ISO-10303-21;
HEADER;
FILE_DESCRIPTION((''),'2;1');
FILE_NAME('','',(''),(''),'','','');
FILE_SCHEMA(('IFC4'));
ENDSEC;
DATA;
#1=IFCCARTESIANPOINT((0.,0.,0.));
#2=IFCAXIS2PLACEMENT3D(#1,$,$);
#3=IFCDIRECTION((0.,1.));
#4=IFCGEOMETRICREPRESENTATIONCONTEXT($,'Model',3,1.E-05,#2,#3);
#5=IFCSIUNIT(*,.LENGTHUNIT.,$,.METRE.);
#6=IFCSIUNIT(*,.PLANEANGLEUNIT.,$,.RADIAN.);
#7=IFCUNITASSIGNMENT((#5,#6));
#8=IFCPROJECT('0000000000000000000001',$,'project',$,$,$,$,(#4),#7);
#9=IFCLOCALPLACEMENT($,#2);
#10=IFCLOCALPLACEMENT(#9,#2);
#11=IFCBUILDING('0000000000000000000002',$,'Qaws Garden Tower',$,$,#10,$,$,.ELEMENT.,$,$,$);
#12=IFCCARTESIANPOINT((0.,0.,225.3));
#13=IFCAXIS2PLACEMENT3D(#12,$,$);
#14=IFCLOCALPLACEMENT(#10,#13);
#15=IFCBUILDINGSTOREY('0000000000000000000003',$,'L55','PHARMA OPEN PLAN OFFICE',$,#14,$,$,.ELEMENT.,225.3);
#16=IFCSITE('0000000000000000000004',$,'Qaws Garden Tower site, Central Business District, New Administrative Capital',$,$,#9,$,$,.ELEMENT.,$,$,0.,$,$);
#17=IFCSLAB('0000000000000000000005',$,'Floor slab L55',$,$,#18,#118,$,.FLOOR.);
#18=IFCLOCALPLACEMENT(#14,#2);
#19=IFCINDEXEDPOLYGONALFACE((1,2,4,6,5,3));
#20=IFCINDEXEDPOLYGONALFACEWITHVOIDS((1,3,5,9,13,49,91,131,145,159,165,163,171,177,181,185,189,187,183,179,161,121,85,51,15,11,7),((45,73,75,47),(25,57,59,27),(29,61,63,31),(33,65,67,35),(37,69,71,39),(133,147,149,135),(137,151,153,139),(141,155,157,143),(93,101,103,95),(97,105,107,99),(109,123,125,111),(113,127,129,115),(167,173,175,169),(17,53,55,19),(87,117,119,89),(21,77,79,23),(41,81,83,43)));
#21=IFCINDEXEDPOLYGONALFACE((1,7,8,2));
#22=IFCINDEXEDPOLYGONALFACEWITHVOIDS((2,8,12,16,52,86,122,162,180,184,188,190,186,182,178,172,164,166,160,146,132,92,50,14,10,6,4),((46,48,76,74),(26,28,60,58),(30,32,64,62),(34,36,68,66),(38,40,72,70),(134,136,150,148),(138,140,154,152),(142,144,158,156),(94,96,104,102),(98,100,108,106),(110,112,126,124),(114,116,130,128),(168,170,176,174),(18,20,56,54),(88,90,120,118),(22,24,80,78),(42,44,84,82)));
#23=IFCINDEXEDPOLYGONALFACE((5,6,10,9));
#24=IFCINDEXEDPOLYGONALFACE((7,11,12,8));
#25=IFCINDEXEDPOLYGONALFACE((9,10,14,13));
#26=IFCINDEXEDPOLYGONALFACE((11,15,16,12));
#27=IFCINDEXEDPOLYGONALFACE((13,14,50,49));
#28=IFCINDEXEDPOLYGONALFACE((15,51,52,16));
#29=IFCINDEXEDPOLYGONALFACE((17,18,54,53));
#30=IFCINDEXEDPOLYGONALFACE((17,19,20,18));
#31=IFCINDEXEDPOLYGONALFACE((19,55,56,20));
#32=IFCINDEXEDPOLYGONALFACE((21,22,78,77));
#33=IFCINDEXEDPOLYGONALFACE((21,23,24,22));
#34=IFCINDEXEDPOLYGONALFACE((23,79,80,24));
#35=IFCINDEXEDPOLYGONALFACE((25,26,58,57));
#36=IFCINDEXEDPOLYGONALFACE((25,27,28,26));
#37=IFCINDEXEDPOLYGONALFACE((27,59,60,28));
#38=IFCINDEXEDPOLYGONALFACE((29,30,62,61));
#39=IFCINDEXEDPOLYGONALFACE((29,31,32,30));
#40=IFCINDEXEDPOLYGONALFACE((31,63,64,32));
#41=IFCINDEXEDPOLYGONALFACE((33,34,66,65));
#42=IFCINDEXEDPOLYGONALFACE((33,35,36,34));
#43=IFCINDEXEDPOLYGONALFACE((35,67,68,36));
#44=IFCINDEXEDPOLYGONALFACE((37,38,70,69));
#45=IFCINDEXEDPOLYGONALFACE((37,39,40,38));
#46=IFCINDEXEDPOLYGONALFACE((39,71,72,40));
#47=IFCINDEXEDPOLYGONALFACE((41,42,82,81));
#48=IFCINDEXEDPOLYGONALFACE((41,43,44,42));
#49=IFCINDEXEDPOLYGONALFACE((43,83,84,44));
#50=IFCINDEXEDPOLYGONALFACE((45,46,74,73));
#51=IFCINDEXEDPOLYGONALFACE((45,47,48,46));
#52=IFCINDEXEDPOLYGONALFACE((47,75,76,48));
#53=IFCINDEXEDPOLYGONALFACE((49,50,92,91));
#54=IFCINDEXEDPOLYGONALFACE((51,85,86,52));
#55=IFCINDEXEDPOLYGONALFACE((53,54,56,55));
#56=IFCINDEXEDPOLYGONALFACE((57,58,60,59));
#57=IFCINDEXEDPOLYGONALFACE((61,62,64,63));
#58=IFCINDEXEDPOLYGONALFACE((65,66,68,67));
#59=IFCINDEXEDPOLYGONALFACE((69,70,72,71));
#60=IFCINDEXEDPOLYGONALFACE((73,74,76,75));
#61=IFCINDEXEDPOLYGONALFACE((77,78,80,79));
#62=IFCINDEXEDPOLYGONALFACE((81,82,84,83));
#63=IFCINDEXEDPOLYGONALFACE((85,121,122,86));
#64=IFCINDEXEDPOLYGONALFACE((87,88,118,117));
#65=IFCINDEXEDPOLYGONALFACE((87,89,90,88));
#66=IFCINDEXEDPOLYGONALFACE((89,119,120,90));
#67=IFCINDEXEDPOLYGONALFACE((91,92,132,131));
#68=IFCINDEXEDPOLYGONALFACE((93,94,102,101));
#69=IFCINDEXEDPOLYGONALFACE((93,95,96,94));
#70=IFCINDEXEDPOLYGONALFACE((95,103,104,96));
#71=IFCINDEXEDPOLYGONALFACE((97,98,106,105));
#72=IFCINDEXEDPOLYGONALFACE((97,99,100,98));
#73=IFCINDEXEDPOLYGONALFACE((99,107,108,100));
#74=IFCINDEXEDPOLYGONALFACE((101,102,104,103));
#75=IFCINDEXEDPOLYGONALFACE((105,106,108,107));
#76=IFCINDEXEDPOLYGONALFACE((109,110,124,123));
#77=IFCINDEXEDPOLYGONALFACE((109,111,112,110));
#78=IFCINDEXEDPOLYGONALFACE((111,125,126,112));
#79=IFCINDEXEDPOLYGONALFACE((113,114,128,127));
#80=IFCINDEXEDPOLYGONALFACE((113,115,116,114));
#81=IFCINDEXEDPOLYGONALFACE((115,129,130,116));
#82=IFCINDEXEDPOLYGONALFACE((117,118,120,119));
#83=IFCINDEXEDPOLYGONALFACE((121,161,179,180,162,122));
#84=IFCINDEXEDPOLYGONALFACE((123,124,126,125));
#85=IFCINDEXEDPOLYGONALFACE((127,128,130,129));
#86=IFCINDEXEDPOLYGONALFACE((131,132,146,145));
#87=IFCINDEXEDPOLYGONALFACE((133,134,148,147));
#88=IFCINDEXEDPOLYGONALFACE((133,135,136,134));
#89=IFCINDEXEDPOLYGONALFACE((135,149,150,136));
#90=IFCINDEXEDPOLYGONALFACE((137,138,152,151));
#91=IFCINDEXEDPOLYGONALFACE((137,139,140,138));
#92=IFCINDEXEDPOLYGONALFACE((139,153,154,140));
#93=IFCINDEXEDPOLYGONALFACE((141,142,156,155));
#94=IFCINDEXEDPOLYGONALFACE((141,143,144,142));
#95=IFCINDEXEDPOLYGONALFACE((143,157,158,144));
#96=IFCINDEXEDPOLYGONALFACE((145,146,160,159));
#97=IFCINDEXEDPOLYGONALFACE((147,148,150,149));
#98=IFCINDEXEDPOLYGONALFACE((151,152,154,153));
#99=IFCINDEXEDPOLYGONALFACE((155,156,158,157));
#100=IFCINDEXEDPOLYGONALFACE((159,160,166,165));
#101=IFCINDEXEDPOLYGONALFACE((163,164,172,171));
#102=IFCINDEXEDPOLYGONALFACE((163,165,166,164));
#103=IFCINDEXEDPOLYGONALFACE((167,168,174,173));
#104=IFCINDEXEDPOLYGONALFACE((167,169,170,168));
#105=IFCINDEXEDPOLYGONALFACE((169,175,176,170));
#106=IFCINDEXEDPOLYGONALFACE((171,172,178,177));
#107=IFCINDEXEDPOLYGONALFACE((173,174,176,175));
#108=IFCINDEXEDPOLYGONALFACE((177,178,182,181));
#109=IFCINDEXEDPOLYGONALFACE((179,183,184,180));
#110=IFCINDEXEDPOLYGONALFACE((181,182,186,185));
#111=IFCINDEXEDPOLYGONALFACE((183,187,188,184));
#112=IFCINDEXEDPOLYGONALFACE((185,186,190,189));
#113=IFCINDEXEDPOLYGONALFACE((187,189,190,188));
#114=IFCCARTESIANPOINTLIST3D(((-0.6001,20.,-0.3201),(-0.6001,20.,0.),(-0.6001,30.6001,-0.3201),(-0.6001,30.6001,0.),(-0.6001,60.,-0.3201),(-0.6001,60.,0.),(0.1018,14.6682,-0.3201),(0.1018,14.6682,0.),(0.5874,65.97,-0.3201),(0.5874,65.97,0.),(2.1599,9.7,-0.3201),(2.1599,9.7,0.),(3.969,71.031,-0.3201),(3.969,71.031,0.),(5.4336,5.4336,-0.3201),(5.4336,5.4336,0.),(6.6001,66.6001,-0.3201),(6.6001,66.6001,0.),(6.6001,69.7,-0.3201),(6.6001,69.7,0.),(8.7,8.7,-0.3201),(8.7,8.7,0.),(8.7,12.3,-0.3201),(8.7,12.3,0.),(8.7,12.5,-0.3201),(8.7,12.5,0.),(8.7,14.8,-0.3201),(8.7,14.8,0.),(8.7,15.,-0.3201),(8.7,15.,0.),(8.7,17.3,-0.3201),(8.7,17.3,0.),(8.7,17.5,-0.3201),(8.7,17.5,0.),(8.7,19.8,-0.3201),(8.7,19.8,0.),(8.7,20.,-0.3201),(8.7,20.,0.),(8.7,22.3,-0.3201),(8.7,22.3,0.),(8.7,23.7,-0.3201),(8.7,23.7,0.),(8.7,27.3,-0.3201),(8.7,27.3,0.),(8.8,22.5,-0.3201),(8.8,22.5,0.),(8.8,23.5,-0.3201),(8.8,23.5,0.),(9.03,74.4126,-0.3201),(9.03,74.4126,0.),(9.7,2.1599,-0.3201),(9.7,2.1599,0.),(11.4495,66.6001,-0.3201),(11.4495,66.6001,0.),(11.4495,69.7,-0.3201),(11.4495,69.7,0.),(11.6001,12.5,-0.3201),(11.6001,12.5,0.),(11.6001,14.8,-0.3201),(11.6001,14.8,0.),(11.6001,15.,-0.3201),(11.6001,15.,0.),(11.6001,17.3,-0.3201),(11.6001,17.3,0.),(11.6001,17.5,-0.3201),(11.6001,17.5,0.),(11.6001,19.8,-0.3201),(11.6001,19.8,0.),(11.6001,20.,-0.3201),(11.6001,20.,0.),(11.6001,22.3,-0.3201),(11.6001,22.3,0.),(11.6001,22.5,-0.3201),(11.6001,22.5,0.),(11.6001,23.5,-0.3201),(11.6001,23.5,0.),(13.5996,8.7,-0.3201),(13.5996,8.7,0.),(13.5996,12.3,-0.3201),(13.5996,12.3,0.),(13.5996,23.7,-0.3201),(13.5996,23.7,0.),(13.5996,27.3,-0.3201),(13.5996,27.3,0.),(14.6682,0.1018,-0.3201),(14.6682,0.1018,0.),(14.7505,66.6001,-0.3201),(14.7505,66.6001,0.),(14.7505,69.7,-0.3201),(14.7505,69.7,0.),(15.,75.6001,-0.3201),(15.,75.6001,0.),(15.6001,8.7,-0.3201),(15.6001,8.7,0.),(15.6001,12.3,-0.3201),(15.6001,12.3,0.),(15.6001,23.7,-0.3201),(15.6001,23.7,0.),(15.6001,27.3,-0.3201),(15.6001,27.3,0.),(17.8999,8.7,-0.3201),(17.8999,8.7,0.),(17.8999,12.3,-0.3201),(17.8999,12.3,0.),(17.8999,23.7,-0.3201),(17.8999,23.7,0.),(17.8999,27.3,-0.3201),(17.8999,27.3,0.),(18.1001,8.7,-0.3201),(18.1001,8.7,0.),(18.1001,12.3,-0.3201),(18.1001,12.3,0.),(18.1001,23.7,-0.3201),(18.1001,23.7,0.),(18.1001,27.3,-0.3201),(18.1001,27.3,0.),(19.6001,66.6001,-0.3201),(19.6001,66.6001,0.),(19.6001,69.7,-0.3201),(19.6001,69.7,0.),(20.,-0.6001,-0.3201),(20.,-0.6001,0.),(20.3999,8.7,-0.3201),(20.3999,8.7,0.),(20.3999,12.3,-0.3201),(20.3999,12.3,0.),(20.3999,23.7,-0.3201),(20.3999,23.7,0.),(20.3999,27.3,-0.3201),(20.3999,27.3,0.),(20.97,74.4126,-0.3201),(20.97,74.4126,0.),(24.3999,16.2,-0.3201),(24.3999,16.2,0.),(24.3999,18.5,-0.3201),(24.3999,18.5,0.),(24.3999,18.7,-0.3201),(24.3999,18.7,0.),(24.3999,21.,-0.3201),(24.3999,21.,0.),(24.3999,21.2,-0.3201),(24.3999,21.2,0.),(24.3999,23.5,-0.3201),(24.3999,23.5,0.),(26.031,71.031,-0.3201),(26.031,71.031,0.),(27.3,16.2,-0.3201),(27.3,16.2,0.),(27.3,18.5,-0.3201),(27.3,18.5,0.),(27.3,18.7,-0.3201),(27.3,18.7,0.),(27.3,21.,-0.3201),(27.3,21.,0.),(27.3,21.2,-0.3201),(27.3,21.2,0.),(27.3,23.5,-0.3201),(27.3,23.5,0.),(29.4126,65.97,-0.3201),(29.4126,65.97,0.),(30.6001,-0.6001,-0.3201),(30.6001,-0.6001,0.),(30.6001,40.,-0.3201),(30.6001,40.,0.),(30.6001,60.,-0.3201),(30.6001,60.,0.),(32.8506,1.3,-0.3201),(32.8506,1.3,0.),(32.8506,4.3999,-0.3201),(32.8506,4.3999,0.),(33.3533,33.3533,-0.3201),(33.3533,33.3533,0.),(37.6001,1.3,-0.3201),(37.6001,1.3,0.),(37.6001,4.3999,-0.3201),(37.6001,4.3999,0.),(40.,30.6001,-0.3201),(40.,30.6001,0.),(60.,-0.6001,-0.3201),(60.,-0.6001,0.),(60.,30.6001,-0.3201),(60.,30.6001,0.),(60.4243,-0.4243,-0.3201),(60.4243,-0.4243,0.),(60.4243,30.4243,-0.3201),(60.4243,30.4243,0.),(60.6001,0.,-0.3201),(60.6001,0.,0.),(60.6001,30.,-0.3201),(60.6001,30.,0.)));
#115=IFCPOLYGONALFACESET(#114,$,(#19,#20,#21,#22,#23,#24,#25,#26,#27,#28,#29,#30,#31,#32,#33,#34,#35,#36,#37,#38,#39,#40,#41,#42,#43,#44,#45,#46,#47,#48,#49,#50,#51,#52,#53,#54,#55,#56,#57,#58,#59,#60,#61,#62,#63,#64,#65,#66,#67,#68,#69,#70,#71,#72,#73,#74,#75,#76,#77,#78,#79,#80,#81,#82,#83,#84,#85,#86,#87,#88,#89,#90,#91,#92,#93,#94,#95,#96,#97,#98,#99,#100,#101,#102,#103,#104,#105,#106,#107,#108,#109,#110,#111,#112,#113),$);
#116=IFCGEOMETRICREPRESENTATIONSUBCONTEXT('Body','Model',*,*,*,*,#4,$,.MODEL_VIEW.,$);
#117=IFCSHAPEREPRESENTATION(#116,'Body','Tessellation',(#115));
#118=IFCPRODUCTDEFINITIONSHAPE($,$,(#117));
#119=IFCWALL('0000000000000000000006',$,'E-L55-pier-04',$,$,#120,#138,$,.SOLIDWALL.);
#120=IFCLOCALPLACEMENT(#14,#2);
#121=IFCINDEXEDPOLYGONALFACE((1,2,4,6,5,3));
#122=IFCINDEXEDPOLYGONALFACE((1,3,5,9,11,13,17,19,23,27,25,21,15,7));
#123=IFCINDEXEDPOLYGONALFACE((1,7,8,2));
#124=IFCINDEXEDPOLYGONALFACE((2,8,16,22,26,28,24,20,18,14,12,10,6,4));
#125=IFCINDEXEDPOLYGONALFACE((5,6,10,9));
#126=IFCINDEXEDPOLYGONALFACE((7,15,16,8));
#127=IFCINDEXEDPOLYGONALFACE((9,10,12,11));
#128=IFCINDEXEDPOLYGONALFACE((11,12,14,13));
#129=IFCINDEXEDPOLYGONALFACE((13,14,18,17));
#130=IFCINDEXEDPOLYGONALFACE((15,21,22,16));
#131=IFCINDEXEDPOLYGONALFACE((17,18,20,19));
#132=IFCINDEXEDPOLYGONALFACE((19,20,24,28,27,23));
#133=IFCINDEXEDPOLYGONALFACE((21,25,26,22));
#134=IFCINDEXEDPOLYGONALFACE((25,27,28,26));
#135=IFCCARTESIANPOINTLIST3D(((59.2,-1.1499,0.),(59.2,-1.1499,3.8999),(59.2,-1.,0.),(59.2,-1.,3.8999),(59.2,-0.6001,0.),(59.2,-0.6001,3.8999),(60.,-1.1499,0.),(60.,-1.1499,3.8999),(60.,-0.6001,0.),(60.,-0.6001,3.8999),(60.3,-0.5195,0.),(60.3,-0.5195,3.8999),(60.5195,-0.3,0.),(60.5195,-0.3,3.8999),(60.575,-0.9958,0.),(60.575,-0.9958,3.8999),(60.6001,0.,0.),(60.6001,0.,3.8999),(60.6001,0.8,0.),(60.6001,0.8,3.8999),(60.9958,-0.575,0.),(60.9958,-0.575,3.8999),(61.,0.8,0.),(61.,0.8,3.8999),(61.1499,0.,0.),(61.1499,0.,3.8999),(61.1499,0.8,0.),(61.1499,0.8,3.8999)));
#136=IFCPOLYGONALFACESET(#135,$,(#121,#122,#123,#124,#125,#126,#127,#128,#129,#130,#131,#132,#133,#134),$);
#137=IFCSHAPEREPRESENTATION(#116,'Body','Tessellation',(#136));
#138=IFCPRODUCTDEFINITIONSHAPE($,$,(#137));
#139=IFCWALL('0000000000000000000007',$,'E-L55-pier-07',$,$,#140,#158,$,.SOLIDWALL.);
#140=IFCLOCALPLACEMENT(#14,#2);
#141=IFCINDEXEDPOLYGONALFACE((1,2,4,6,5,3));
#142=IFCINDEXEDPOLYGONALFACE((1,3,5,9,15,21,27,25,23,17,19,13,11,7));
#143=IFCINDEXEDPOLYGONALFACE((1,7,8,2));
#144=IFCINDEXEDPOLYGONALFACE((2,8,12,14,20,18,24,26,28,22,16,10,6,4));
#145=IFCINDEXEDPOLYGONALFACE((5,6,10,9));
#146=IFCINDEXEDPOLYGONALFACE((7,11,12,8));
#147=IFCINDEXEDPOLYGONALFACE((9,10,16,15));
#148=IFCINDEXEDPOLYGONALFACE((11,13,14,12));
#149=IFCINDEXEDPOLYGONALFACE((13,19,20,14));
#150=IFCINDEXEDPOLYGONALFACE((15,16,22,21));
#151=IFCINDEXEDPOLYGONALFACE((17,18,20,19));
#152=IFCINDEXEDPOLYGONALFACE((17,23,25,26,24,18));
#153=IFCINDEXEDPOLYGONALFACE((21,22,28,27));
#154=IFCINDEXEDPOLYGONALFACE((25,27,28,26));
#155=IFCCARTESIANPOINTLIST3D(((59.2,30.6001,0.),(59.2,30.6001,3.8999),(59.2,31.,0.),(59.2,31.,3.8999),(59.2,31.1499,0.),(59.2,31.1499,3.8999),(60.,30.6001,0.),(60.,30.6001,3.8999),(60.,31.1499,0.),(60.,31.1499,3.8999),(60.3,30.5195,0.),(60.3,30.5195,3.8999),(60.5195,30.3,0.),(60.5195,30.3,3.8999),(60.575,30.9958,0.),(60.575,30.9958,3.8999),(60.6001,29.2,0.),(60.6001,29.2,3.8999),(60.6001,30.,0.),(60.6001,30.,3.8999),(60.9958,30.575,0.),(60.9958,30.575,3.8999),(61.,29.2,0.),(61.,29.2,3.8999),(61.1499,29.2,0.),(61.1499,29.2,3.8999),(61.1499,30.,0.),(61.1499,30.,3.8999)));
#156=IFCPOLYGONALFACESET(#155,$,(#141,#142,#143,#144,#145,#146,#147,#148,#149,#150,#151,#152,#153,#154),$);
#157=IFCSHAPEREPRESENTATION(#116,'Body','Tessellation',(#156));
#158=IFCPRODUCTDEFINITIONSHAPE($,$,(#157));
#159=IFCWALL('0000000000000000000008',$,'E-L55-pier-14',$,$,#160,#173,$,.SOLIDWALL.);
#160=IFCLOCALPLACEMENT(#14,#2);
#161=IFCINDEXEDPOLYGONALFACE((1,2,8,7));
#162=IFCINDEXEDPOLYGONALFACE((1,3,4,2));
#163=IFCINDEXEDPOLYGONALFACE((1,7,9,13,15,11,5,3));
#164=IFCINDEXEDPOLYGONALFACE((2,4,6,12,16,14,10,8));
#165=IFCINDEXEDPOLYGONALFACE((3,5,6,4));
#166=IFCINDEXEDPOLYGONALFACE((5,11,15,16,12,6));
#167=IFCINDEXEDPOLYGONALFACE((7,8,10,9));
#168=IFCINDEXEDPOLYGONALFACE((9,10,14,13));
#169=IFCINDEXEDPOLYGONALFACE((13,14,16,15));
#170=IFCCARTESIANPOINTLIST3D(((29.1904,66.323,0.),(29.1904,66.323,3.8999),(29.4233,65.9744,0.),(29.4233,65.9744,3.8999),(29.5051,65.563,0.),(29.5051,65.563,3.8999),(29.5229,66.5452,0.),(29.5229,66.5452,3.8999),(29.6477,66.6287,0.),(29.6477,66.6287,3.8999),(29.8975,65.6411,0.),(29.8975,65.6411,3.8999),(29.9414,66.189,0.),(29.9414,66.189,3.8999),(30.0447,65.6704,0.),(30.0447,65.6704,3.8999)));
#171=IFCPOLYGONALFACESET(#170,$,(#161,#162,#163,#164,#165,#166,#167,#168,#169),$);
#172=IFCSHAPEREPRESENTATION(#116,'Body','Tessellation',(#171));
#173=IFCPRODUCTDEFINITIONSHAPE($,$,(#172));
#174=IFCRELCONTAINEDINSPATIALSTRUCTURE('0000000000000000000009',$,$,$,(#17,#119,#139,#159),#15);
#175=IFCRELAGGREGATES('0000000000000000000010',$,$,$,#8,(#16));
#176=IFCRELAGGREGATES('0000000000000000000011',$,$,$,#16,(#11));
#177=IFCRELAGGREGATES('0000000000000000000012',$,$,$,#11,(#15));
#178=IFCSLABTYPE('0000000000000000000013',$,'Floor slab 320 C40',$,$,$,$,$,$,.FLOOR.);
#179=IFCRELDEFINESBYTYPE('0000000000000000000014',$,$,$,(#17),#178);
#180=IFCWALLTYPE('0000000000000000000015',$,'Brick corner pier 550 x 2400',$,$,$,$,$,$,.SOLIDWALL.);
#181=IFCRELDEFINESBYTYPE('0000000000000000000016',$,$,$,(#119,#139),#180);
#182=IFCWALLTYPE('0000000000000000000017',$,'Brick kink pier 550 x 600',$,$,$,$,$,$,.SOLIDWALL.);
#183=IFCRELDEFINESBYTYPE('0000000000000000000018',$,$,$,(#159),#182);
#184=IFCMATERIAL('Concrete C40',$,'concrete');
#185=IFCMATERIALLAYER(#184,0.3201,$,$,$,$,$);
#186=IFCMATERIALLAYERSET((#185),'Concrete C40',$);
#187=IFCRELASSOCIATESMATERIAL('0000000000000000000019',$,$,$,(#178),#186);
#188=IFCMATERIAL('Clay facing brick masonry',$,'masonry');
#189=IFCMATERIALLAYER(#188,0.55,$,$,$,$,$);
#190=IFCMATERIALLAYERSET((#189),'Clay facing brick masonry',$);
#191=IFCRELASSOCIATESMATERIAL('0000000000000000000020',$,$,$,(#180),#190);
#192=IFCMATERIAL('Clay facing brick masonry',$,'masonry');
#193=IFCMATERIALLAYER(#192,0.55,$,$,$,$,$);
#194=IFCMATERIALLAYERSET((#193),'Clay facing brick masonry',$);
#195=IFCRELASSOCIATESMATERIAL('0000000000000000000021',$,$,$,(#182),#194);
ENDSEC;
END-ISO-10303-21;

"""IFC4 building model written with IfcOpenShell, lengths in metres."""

from ifc_helpers import new_model, si_unit, direction, frame, origin, place, context, subcontext, project, spatial, polyline, outline, extrude, material, layer, layer_set, type_object, element, save


model = new_model("IFC4")

# Units and contexts
model_context = context("Model", 3, precision=1e-05, world=origin(), true_north=direction((0.0, 1.0)))
body_context = subcontext(model_context, "Body", "Model", "MODEL_VIEW")
ifc_project = project(units=[si_unit("LENGTHUNIT", "METRE"), si_unit("PLANEANGLEUNIT", "RADIAN")], contexts=[model_context])

# Site, building, storey
site_placement = place(None, origin())
site = spatial("IfcSite", under=ifc_project, at=site_placement, Name="Qaws Garden Tower site, Central Business District, New Administrative Capital", CompositionType="ELEMENT", RefElevation=0.0)
building_placement = place(site_placement, origin())
building = spatial("IfcBuilding", under=site, at=building_placement, Name="Qaws Garden Tower", CompositionType="ELEMENT")
storey_placement = place(building_placement, frame((0.0, 0.0, 225.3)))
storey = spatial("IfcBuildingStorey", under=building, at=storey_placement, Name="L55", Description="PHARMA OPEN PLAN OFFICE", CompositionType="ELEMENT", Elevation=225.3)

# Slab
ifc_material_1 = material(Name="Concrete C40", Category="concrete")
ifc_layer_1 = layer(ifc_material_1, 0.3201)
ifc_layer_set_1 = layer_set([ifc_layer_1], Name="Concrete C40")
slab_type = type_object("IfcSlabType", Name="Floor slab 320 C40", PredefinedType="FLOOR", material=ifc_layer_set_1)
slab_placement = place(storey_placement, frame((0.0, 0.0, -0.3201)))
element("IfcSlab", 1, at=slab_placement, inside=storey, type_object=slab_type, Name="Floor slab L55", PredefinedType="FLOOR", context=body_context, shape_type="SweptSolid", body=[
    extrude(outline(polyline([(0.1018, 14.6682), (-0.6001, 20.0), (-0.6001, 30.6001), (-0.6001, 60.0), (-0.6001, 60.0), (0.5874, 65.97), (3.969, 71.031), (9.03, 74.4126), (15.0, 75.6001), (20.97, 74.4126), (26.031, 71.031), (29.4126, 65.97), (30.6001, 60.0), (30.6001, 40.0), (33.3533, 33.3533), (40.0, 30.6001), (60.0, 30.6001), (60.4243, 30.4243), (60.6001, 30.0), (60.6001, 0.0), (60.4243, -0.4243), (60.0, -0.6001), (30.6001, -0.6001), (20.0, -0.6001), (14.6682, 0.1018), (9.7, 2.1599), (5.4336, 5.4336), (2.1599, 9.7), (0.1018, 14.6682)]), holes=[polyline([(13.5996, 12.3), (8.7, 12.3), (8.7, 8.7), (13.5996, 8.7), (13.5996, 12.3)]), polyline([(17.8999, 12.3), (15.6001, 12.3), (15.6001, 8.7), (17.8999, 8.7), (17.8999, 12.3)]), polyline([(11.6001, 14.8), (8.7, 14.8), (8.7, 12.5), (11.6001, 12.5), (11.6001, 14.8)]), polyline([(11.6001, 17.3), (8.7, 17.3), (8.7, 15.0), (11.6001, 15.0), (11.6001, 17.3)]), polyline([(11.6001, 19.8), (8.7, 19.8), (8.7, 17.5), (11.6001, 17.5), (11.6001, 19.8)]), polyline([(11.6001, 22.3), (8.7, 22.3), (8.7, 20.0), (11.6001, 20.0), (11.6001, 22.3)]), polyline([(11.6001, 23.5), (8.8, 23.5), (8.8, 22.5), (11.6001, 22.5), (11.6001, 23.5)]), polyline([(13.5996, 27.3), (8.7, 27.3), (8.7, 23.7), (13.5996, 23.7), (13.5996, 27.3)]), polyline([(11.4495, 69.7), (6.6001, 69.7), (6.6001, 66.6001), (11.4495, 66.6001), (11.4495, 69.7)]), polyline([(37.6001, 4.3999), (32.8506, 4.3999), (32.8506, 1.3), (37.6001, 1.3), (37.6001, 4.3999)]), polyline([(20.3999, 12.3), (18.1001, 12.3), (18.1001, 8.7), (20.3999, 8.7), (20.3999, 12.3)]), polyline([(27.3, 18.5), (24.3999, 18.5), (24.3999, 16.2), (27.3, 16.2), (27.3, 18.5)]), polyline([(27.3, 21.0), (24.3999, 21.0), (24.3999, 18.7), (27.3, 18.7), (27.3, 21.0)]), polyline([(27.3, 23.5), (24.3999, 23.5), (24.3999, 21.2), (27.3, 21.2), (27.3, 23.5)]), polyline([(17.8999, 27.3), (15.6001, 27.3), (15.6001, 23.7), (17.8999, 23.7), (17.8999, 27.3)]), polyline([(20.3999, 23.7), (20.3999, 27.3), (18.1001, 27.3), (18.1001, 23.7), (20.3999, 23.7)]), polyline([(19.6001, 66.6001), (19.6001, 69.7), (14.7505, 69.7), (14.7505, 66.6001), (19.6001, 66.6001)])]), origin(), (0.0, 0.0, 1.0), 0.3201),
])

# Walls
ifc_material_2 = material(Name="Clay facing brick masonry", Category="masonry")
ifc_layer_2 = layer(ifc_material_2, 0.55)
ifc_layer_set_2 = layer_set([ifc_layer_2], Name="Clay facing brick masonry")
wall_type_1 = type_object("IfcWallType", Name="Brick corner pier 550 x 2400", PredefinedType="SOLIDWALL", material=ifc_layer_set_2)
placement = place(storey_placement, origin())
element("IfcWall", 2, at=placement, inside=storey, type_object=wall_type_1, Name="E-L55-pier-04", PredefinedType="SOLIDWALL", context=body_context, shape_type="SweptSolid", body=[
    extrude(outline(polyline([(59.2, -1.0), (59.2, -1.1499), (60.0, -1.1499), (60.575, -0.9958), (60.9958, -0.575), (61.1499, 0.0), (61.1499, 0.8), (61.0, 0.8), (60.6001, 0.8), (60.6001, 0.0), (60.5195, -0.3), (60.3, -0.5195), (60.0, -0.6001), (59.2, -0.6001), (59.2, -1.0)])), origin(), (0.0, 0.0, 1.0), 3.8999),
])
element("IfcWall", 3, at=placement, inside=storey, type_object=wall_type_1, Name="E-L55-pier-07", PredefinedType="SOLIDWALL", context=body_context, shape_type="SweptSolid", body=[
    extrude(outline(polyline([(61.0, 29.2), (61.1499, 29.2), (61.1499, 30.0), (60.9958, 30.575), (60.575, 30.9958), (60.0, 31.1499), (59.2, 31.1499), (59.2, 31.0), (59.2, 30.6001), (60.0, 30.6001), (60.3, 30.5195), (60.5195, 30.3), (60.6001, 30.0), (60.6001, 29.2), (61.0, 29.2)])), origin(), (0.0, 0.0, 1.0), 3.8999),
])
ifc_material_3 = material(Name="Clay facing brick masonry", Category="masonry")
ifc_layer_3 = layer(ifc_material_3, 0.55)
ifc_layer_set_3 = layer_set([ifc_layer_3], Name="Clay facing brick masonry")
wall_type_2 = type_object("IfcWallType", Name="Brick kink pier 550 x 600", PredefinedType="SOLIDWALL", material=ifc_layer_set_3)
element("IfcWall", 4, at=placement, inside=storey, type_object=wall_type_2, Name="E-L55-pier-14", PredefinedType="SOLIDWALL", context=body_context, shape_type="SweptSolid", body=[
    extrude(outline(polyline([(29.8975, 65.6411), (30.0447, 65.6704), (29.9414, 66.189), (29.6477, 66.6287), (29.5229, 66.5452), (29.1904, 66.323), (29.4233, 65.9744), (29.5051, 65.563), (29.8975, 65.6411)])), origin(), (0.0, 0.0, 1.0), 3.8999),
])

save(model, "model.ifc")
